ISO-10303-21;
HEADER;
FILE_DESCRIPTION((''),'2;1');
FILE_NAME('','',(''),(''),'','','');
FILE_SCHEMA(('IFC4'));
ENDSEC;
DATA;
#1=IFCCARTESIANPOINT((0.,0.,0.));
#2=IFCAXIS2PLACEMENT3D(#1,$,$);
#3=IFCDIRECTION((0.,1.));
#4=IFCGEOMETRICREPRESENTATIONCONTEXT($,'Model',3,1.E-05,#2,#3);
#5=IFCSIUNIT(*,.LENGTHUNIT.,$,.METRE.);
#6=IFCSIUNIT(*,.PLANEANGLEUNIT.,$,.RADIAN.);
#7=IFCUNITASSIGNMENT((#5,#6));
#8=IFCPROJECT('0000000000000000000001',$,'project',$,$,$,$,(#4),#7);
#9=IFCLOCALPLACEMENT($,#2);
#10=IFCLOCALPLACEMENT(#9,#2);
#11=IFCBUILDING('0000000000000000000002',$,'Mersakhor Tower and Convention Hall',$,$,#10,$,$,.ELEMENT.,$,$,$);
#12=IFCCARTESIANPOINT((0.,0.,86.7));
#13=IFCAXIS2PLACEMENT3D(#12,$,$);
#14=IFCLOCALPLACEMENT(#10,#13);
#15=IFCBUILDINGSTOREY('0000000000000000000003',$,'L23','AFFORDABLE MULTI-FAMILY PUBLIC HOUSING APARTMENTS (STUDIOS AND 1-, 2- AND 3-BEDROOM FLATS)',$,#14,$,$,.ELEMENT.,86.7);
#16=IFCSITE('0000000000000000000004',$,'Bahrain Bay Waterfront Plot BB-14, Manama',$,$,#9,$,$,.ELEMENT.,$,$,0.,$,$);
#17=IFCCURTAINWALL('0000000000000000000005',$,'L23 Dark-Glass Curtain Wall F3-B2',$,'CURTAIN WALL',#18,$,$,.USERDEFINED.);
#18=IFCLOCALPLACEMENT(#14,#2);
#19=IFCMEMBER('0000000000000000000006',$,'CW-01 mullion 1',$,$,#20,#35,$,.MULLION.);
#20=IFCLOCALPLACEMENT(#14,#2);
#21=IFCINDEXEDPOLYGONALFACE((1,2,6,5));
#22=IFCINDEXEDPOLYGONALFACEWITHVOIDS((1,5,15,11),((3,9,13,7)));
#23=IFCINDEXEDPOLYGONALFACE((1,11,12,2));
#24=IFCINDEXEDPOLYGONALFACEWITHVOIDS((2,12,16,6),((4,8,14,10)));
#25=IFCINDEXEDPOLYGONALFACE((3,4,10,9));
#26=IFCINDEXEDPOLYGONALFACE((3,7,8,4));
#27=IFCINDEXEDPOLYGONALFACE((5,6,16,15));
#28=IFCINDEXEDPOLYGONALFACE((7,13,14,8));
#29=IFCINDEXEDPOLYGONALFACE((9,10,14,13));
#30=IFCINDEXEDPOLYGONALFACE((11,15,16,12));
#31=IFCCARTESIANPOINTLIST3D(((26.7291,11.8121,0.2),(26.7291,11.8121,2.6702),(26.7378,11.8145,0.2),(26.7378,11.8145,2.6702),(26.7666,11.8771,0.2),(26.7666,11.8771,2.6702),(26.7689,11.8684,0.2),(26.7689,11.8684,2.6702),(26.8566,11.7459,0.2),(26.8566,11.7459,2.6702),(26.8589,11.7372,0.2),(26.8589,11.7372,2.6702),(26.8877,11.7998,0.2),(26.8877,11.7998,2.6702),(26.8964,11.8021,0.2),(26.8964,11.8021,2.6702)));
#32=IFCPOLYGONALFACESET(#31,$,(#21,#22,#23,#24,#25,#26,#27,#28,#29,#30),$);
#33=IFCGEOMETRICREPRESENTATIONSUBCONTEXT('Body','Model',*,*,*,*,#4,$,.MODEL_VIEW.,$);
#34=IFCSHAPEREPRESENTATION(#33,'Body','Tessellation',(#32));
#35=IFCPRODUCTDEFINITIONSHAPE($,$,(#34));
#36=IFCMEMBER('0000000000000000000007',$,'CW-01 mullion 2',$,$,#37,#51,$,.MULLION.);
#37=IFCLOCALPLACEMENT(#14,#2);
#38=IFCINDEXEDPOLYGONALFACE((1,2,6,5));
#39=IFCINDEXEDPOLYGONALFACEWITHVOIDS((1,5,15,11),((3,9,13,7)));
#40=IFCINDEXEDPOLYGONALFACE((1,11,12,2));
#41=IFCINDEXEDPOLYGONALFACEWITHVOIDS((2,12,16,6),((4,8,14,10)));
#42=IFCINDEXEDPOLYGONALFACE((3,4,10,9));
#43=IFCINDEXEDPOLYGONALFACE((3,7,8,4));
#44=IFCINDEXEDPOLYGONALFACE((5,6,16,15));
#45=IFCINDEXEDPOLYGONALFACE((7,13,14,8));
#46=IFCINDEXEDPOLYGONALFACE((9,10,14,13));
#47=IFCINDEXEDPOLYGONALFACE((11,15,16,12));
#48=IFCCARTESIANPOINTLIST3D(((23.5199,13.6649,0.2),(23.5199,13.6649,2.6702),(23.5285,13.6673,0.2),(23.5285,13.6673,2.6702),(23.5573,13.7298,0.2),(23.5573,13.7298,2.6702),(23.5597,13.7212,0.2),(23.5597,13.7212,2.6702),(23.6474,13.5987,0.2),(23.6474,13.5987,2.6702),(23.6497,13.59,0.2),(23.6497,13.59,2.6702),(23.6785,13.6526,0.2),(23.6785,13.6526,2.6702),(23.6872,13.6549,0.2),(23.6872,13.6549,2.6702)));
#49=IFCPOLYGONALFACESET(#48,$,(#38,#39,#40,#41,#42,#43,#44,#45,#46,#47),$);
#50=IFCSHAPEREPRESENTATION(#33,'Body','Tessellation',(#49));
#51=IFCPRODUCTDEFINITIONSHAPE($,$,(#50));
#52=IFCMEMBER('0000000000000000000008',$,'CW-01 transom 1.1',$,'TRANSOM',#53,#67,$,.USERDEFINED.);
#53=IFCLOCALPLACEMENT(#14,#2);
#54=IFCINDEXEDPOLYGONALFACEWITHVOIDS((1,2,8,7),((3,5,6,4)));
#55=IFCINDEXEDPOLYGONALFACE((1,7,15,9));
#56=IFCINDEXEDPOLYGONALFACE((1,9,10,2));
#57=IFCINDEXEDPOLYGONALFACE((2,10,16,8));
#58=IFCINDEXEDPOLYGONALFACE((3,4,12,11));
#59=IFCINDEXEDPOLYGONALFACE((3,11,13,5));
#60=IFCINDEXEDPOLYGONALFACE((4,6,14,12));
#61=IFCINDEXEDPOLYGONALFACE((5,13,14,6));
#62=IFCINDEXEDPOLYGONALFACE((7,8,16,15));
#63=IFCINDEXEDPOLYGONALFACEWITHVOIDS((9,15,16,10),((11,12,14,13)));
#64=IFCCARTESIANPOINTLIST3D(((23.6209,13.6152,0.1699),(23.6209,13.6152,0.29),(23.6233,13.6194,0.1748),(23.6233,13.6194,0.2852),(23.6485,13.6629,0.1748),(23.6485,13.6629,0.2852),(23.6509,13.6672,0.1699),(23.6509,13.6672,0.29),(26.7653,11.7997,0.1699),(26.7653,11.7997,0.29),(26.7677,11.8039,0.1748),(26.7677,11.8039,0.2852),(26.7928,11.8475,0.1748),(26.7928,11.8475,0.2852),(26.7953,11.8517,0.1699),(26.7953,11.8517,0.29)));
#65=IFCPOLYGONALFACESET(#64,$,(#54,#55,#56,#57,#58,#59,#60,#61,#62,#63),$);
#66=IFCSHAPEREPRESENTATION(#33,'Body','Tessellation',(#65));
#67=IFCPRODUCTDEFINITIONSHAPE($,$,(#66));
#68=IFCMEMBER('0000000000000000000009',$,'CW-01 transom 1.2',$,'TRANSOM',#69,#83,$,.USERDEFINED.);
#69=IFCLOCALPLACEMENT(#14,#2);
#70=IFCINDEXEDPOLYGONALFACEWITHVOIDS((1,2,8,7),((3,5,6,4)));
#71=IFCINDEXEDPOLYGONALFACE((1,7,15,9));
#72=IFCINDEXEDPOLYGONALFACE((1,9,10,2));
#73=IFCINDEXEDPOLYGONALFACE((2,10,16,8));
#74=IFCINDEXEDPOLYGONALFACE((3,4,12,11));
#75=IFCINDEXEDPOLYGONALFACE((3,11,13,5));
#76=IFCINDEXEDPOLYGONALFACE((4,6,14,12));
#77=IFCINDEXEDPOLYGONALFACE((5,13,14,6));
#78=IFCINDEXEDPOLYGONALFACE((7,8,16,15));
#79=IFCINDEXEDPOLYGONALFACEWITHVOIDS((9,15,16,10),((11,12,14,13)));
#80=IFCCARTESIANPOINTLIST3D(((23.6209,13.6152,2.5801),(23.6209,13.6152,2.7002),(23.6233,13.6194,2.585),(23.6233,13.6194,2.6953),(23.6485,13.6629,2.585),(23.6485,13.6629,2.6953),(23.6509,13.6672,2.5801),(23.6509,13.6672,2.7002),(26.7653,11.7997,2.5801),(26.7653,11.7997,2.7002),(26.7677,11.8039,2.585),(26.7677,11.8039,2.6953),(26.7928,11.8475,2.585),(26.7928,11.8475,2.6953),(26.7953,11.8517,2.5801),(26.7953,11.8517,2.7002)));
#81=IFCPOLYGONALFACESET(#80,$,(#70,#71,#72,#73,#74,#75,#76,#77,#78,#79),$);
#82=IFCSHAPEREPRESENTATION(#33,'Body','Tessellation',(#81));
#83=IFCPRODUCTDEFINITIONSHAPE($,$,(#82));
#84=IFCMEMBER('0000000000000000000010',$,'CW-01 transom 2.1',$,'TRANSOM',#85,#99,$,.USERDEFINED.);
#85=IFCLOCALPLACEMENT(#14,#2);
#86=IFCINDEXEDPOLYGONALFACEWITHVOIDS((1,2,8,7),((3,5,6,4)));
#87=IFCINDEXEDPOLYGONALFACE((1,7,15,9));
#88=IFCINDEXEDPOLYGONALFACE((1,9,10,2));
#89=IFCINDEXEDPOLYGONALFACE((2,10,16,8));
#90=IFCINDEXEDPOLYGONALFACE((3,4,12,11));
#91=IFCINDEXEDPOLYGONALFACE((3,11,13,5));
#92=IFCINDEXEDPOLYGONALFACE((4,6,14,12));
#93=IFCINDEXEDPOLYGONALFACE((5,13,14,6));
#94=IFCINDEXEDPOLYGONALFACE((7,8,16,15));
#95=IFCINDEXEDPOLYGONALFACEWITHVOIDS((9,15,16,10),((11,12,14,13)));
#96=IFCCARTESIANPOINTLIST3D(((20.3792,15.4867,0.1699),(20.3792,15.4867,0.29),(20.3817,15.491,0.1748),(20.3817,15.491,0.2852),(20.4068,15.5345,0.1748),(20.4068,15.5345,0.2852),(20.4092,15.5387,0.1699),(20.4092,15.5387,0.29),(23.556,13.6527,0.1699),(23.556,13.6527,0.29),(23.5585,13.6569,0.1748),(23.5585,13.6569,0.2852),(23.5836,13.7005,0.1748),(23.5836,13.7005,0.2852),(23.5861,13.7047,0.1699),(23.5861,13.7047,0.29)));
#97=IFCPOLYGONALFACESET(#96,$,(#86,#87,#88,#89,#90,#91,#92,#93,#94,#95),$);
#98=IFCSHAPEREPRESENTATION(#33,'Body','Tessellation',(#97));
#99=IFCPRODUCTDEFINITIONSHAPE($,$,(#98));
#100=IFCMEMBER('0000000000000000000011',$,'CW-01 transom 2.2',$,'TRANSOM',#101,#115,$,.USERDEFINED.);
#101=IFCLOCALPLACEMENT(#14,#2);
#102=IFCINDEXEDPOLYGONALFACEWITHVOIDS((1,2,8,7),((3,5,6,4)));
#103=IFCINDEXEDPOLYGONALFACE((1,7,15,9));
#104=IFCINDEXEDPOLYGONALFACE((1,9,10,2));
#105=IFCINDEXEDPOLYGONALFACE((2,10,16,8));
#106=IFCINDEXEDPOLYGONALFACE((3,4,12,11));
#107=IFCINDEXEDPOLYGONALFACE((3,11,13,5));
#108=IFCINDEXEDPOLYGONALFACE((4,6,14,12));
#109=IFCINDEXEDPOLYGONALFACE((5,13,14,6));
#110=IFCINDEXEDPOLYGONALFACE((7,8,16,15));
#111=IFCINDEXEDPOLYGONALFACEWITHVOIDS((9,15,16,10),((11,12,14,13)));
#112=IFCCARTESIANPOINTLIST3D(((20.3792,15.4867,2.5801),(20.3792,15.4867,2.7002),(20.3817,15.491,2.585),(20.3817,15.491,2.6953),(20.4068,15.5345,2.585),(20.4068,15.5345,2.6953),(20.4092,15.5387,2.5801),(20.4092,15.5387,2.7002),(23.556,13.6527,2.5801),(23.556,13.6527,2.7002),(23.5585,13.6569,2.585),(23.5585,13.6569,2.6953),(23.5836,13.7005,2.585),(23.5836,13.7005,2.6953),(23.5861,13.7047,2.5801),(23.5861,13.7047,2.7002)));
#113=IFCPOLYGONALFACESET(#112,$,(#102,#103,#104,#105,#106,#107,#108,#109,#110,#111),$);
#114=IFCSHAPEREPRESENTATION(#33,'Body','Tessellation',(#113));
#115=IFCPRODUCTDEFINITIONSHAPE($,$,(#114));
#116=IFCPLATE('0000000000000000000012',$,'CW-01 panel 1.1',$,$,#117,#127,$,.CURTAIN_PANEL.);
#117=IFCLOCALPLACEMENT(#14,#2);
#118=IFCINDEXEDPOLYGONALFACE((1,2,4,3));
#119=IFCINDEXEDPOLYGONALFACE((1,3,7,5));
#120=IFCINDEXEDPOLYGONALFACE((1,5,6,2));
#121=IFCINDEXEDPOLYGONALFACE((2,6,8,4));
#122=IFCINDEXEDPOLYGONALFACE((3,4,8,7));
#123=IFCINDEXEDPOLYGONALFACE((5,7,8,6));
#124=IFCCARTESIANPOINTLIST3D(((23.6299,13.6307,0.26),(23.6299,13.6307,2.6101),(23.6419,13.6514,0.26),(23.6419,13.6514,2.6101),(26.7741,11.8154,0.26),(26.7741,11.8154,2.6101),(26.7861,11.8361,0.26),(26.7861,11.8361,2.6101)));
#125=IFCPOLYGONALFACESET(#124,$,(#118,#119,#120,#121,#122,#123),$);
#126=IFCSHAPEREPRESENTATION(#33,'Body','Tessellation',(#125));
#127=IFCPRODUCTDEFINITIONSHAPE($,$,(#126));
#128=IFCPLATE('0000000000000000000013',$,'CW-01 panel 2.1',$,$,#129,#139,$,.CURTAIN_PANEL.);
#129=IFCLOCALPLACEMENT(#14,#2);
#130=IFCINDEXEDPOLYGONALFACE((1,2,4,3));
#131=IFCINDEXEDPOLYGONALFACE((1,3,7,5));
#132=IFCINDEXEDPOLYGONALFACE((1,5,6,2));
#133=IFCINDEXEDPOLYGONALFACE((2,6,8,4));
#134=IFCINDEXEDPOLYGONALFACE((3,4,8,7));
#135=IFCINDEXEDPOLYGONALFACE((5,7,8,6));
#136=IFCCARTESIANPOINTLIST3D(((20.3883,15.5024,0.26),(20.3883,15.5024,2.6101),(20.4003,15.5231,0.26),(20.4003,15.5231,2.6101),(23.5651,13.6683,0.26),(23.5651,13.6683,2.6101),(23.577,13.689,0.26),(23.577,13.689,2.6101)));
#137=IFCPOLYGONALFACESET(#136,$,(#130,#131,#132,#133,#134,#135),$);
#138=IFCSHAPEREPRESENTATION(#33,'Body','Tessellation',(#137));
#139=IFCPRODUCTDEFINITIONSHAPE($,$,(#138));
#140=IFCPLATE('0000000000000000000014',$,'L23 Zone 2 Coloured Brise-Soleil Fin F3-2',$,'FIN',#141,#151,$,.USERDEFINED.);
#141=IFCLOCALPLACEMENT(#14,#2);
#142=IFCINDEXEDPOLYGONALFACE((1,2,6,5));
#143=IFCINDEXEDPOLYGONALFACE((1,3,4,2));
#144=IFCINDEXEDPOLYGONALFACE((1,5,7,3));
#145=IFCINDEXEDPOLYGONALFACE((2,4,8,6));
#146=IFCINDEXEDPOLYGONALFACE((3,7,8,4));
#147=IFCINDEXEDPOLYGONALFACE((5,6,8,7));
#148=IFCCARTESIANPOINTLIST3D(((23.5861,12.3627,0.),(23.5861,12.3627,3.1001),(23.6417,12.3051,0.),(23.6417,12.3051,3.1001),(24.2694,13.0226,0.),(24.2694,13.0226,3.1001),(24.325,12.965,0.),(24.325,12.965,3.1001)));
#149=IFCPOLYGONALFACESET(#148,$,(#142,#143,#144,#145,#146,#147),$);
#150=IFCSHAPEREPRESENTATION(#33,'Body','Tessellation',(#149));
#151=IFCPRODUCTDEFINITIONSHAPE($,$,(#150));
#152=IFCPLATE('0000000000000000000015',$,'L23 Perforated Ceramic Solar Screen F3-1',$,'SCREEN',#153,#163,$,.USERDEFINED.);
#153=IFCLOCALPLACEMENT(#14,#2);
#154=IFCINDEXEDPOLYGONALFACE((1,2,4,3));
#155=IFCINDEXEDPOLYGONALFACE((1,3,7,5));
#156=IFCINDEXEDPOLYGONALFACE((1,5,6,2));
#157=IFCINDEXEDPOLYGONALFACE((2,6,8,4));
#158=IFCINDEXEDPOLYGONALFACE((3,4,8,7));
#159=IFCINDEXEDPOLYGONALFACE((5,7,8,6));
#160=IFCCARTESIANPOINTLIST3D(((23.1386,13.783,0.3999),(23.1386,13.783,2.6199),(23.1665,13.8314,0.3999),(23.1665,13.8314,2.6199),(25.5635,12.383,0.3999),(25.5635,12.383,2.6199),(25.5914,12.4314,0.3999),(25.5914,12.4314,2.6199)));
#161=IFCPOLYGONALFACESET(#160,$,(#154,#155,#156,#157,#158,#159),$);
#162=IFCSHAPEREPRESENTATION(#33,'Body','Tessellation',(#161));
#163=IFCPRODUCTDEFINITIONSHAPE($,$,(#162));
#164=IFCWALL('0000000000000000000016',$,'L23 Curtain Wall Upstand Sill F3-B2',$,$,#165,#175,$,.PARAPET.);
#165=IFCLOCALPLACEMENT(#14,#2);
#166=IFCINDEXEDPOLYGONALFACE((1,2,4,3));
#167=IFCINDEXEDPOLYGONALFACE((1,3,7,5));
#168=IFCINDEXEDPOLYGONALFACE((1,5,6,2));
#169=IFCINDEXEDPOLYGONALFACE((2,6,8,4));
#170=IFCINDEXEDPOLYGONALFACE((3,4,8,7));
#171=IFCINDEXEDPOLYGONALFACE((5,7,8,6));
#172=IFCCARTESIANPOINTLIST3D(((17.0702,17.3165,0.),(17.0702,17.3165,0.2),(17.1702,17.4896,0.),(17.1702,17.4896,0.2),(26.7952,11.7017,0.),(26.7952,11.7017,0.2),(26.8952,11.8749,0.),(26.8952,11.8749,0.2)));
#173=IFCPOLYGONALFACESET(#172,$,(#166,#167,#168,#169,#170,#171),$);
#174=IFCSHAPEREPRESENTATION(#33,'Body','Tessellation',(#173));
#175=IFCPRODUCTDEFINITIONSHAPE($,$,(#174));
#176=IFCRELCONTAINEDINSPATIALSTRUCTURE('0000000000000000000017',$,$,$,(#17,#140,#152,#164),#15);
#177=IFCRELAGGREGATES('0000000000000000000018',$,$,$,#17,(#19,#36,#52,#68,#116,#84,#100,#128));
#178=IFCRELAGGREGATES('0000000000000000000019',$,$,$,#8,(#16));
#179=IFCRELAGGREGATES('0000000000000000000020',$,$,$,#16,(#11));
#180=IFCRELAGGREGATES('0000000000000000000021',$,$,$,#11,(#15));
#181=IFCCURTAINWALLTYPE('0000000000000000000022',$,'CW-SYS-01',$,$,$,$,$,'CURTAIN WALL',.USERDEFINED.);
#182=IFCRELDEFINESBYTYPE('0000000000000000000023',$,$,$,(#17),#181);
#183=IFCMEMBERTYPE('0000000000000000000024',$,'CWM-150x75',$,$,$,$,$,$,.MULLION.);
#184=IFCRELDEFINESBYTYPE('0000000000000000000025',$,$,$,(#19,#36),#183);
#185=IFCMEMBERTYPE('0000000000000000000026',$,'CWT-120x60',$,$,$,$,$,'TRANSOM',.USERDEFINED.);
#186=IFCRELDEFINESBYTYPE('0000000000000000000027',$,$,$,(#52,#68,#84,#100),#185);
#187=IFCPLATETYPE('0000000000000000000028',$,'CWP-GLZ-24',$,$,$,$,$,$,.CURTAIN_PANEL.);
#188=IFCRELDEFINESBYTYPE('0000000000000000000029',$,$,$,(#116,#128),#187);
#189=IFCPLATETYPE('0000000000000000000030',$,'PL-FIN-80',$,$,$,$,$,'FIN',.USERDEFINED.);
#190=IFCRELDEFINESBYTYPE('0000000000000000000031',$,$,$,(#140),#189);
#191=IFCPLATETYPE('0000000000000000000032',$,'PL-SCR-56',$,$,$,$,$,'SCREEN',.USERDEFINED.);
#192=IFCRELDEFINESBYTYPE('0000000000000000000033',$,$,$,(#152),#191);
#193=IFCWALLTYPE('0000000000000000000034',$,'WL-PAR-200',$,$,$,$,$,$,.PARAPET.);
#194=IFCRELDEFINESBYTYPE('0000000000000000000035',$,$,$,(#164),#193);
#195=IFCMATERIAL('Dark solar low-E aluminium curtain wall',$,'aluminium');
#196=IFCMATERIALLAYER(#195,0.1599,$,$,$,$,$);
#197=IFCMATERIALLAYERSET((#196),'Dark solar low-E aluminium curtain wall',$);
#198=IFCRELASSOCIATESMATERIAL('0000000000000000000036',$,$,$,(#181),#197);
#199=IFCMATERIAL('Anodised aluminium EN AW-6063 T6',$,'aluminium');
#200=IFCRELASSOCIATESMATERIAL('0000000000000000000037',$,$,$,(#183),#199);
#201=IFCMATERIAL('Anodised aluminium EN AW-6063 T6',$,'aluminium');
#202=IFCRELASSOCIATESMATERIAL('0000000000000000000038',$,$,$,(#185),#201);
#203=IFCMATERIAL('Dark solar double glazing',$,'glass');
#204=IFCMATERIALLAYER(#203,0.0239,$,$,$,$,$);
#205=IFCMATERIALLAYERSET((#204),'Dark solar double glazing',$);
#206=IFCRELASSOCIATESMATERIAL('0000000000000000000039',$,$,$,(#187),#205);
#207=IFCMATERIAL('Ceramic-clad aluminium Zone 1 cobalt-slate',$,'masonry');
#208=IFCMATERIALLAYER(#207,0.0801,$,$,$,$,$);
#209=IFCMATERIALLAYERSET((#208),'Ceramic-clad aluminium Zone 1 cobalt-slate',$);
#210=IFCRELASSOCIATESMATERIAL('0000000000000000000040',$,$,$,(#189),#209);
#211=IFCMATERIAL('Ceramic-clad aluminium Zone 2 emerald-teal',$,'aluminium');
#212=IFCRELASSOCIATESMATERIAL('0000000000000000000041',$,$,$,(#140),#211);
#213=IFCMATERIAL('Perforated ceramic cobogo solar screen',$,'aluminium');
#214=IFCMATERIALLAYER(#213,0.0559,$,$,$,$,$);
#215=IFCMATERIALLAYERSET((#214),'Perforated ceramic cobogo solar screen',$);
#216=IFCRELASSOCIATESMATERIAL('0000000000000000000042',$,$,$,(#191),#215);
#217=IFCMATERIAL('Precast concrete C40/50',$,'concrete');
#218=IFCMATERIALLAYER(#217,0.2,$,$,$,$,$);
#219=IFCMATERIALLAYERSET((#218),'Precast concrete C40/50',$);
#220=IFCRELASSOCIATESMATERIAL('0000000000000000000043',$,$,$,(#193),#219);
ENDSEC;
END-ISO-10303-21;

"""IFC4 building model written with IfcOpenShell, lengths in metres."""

from ifc_helpers import new_model, si_unit, direction, frame, frame_2d, origin, origin_2d, place, context, subcontext, project, spatial, rectangle, hollow_rectangle, extrude, material, layer, layer_set, material_profile, profile_set, type_object, element, aggregate, save


model = new_model("IFC4")

# Units and contexts
model_context = context("Model", 3, precision=1e-05, world=origin(), true_north=direction((0.0, 1.0)))
body_context = subcontext(model_context, "Body", "Model", "MODEL_VIEW")
ifc_project = project(units=[si_unit("LENGTHUNIT", "METRE"), si_unit("PLANEANGLEUNIT", "RADIAN")], contexts=[model_context])

# Site, building, storey
site_placement = place(None, origin())
site = spatial("IfcSite", under=ifc_project, at=site_placement, Name="Bahrain Bay Waterfront Plot BB-14, Manama", CompositionType="ELEMENT", RefElevation=0.0)
building_placement = place(site_placement, origin())
building = spatial("IfcBuilding", under=site, at=building_placement, Name="Mersakhor Tower and Convention Hall", CompositionType="ELEMENT")
storey_placement = place(building_placement, frame((0.0, 0.0, 86.7)))
storey = spatial("IfcBuildingStorey", under=building, at=storey_placement, Name="L23", Description="AFFORDABLE MULTI-FAMILY PUBLIC HOUSING APARTMENTS (STUDIOS AND 1-, 2- AND 3-BEDROOM FLATS)", CompositionType="ELEMENT", Elevation=86.7)

# Curtain wall, members, plates
ifc_material_1 = material(Name="Dark solar low-E aluminium curtain wall", Category="aluminium")
ifc_layer_1 = layer(ifc_material_1, 0.1599)
ifc_layer_set_1 = layer_set([ifc_layer_1], Name="Dark solar low-E aluminium curtain wall")
curtain_wall_type = type_object("IfcCurtainWallType", Name="CW-SYS-01", ElementType="CURTAIN WALL", PredefinedType="USERDEFINED", material=ifc_layer_set_1)
curtain_wall_placement = place(storey_placement, origin())
curtain_wall = element("IfcCurtainWall", 1, at=curtain_wall_placement, inside=storey, type_object=curtain_wall_type, Name="L23 Dark-Glass Curtain Wall F3-B2", ObjectType="CURTAIN WALL", PredefinedType="USERDEFINED")
ifc_material_2 = material(Name="Anodised aluminium EN AW-6063 T6", Category="aluminium")
ifc_material_profile_1 = material_profile(ifc_material_2, hollow_rectangle(XDim=0.075, YDim=0.1499, WallThickness=0.0063, at=origin_2d()), Name="RHS 150x75x6.3")
ifc_profile_set_1 = profile_set([ifc_material_profile_1], Name="Anodised aluminium EN AW-6063 T6")
member_type_1 = type_object("IfcMemberType", Name="CWM-150x75", PredefinedType="MULLION", material=ifc_profile_set_1)
member_1_placement = place(storey_placement, frame((26.8127, 11.8071, 0.2), z_axis=(0.0, 0.0, 1.0), x_axis=(-0.499998, -0.866027, 0.0)))
member_1 = element("IfcMember", 2, at=member_1_placement, type_object=member_type_1, Name="CW-01 mullion 1", PredefinedType="MULLION", context=body_context, shape_type="SweptSolid", body=[
    extrude(hollow_rectangle(XDim=0.075, YDim=0.1499, WallThickness=0.0063, at=origin_2d()), origin(), (0.0, 0.0, 1.0), 2.4702),
])
member_2_placement = place(storey_placement, frame((23.6035, 13.6599, 0.2), z_axis=(0.0, 0.0, 1.0), x_axis=(-0.499998, -0.866027, 0.0)))
member_2 = element("IfcMember", 3, at=member_2_placement, type_object=member_type_1, Name="CW-01 mullion 2", PredefinedType="MULLION", context=body_context, shape_type="SweptSolid", body=[
    extrude(hollow_rectangle(XDim=0.075, YDim=0.1499, WallThickness=0.0063, at=origin_2d()), origin(), (0.0, 0.0, 1.0), 2.4702),
])
ifc_material_3 = material(Name="Anodised aluminium EN AW-6063 T6", Category="aluminium")
ifc_material_profile_2 = material_profile(ifc_material_3, hollow_rectangle(XDim=0.0601, YDim=0.1201, WallThickness=0.0049, at=origin_2d()), Name="RHS 120x60x5")
ifc_profile_set_2 = profile_set([ifc_material_profile_2], Name="Anodised aluminium EN AW-6063 T6")
member_type_2 = type_object("IfcMemberType", Name="CWT-120x60", ElementType="TRANSOM", PredefinedType="USERDEFINED", material=ifc_profile_set_2)
member_3_placement = place(storey_placement, frame((26.7803, 11.8257, 0.23), z_axis=(-0.866016, 0.500015, 0.0), x_axis=(-0.500015, -0.866016, 0.0)))
member_3 = element("IfcMember", 4, at=member_3_placement, type_object=member_type_2, Name="CW-01 transom 1.1", ObjectType="TRANSOM", PredefinedType="USERDEFINED", context=body_context, shape_type="SweptSolid", body=[
    extrude(hollow_rectangle(XDim=0.0601, YDim=0.1201, WallThickness=0.0049, at=origin_2d()), origin(), (0.0, 0.0, 1.0), 3.6309),
])
member_4_placement = place(storey_placement, frame((26.7803, 11.8257, 2.6401), z_axis=(-0.866016, 0.500015, 0.0), x_axis=(-0.500015, -0.866016, 0.0)))
member_4 = element("IfcMember", 5, at=member_4_placement, type_object=member_type_2, Name="CW-01 transom 1.2", ObjectType="TRANSOM", PredefinedType="USERDEFINED", context=body_context, shape_type="SweptSolid", body=[
    extrude(hollow_rectangle(XDim=0.0601, YDim=0.1201, WallThickness=0.0049, at=origin_2d()), origin(), (0.0, 0.0, 1.0), 3.6309),
])
member_5_placement = place(storey_placement, frame((23.571, 13.6787, 0.23), z_axis=(-0.866039, 0.499976, 0.0), x_axis=(-0.499976, -0.866039, 0.0)))
member_5 = element("IfcMember", 6, at=member_5_placement, type_object=member_type_2, Name="CW-01 transom 2.1", ObjectType="TRANSOM", PredefinedType="USERDEFINED", context=body_context, shape_type="SweptSolid", body=[
    extrude(hollow_rectangle(XDim=0.0601, YDim=0.1201, WallThickness=0.0049, at=origin_2d()), origin(), (0.0, 0.0, 1.0), 3.6682),
])
member_6_placement = place(storey_placement, frame((23.571, 13.6787, 2.6401), z_axis=(-0.866039, 0.499976, 0.0), x_axis=(-0.499976, -0.866039, 0.0)))
member_6 = element("IfcMember", 7, at=member_6_placement, type_object=member_type_2, Name="CW-01 transom 2.2", ObjectType="TRANSOM", PredefinedType="USERDEFINED", context=body_context, shape_type="SweptSolid", body=[
    extrude(hollow_rectangle(XDim=0.0601, YDim=0.1201, WallThickness=0.0049, at=origin_2d()), origin(), (0.0, 0.0, 1.0), 3.6682),
])
ifc_material_4 = material(Name="Dark solar double glazing", Category="glass")
ifc_layer_2 = layer(ifc_material_4, 0.0239)
ifc_layer_set_2 = layer_set([ifc_layer_2], Name="Dark solar double glazing")
plate_type_1 = type_object("IfcPlateType", Name="CWP-GLZ-24", PredefinedType="CURTAIN_PANEL", material=ifc_layer_set_2)
plate_1_placement = place(storey_placement, frame((25.208, 12.7334, 0.26), z_axis=(0.0, 0.0, 1.0), x_axis=(-0.866027, 0.499998, 0.0)))
plate_1 = element("IfcPlate", 8, at=plate_1_placement, type_object=plate_type_1, Name="CW-01 panel 1.1", PredefinedType="CURTAIN_PANEL", context=body_context, shape_type="SweptSolid", body=[
    extrude(rectangle(XDim=3.6306, YDim=0.0239, at=origin_2d()), origin(), (0.0, 0.0, 1.0), 2.3501),
])
plate_2_placement = place(storey_placement, frame((21.9827, 14.5957, 0.26), z_axis=(0.0, 0.0, 1.0), x_axis=(-0.866027, 0.499998, 0.0)))
plate_2 = element("IfcPlate", 9, at=plate_2_placement, type_object=plate_type_1, Name="CW-01 panel 2.1", PredefinedType="CURTAIN_PANEL", context=body_context, shape_type="SweptSolid", body=[
    extrude(rectangle(XDim=3.6682, YDim=0.0239, at=origin_2d()), origin(), (0.0, 0.0, 1.0), 2.3501),
])
aggregate(curtain_wall, [member_1, member_2, member_3, member_4, plate_1, member_5, member_6, plate_2])

# Plates
ifc_material_5 = material(Name="Ceramic-clad aluminium Zone 2 emerald-teal", Category="aluminium")
ifc_material_6 = material(Name="Ceramic-clad aluminium Zone 1 cobalt-slate", Category="masonry")
ifc_layer_3 = layer(ifc_material_6, 0.0801)
ifc_layer_set_3 = layer_set([ifc_layer_3], Name="Ceramic-clad aluminium Zone 1 cobalt-slate")
plate_type_2 = type_object("IfcPlateType", Name="PL-FIN-80", ElementType="FIN", PredefinedType="USERDEFINED", material=ifc_layer_set_3)
plate_3_placement = place(storey_placement, frame((23.9556, 12.6638, 0.0), z_axis=(0.0, 0.0, 1.0), x_axis=(-0.71934, -0.694658, 0.0)))
element("IfcPlate", 10, at=plate_3_placement, inside=storey, type_object=plate_type_2, material=ifc_material_5, Name="L23 Zone 2 Coloured Brise-Soleil Fin F3-2", ObjectType="FIN", PredefinedType="USERDEFINED", context=body_context, shape_type="SweptSolid", body=[
    extrude(rectangle(XDim=0.95, YDim=0.0801, at=origin_2d()), origin(), (0.0, 0.0, 1.0), 3.1001),
])
ifc_material_7 = material(Name="Perforated ceramic cobogo solar screen", Category="aluminium")
ifc_layer_4 = layer(ifc_material_7, 0.0559)
ifc_layer_set_4 = layer_set([ifc_layer_4], Name="Perforated ceramic cobogo solar screen")
plate_type_3 = type_object("IfcPlateType", Name="PL-SCR-56", ElementType="SCREEN", PredefinedType="USERDEFINED", material=ifc_layer_set_4)
plate_4_placement = place(storey_placement, frame((24.365, 13.1072, 0.3999), z_axis=(0.0, 0.0, 1.0), x_axis=(-0.866025, 0.5, 0.0)))
element("IfcPlate", 11, at=plate_4_placement, inside=storey, type_object=plate_type_3, Name="L23 Perforated Ceramic Solar Screen F3-1", ObjectType="SCREEN", PredefinedType="USERDEFINED", context=body_context, shape_type="SweptSolid", body=[
    extrude(rectangle(XDim=2.8, YDim=0.0559, at=origin_2d()), origin(), (0.0, 0.0, 1.0), 2.22),
])

# Wall
ifc_material_8 = material(Name="Precast concrete C40/50", Category="concrete")
ifc_layer_5 = layer(ifc_material_8, 0.2)
ifc_layer_set_5 = layer_set([ifc_layer_5], Name="Precast concrete C40/50")
wall_type_1 = type_object("IfcWallType", Name="WL-PAR-200", PredefinedType="PARAPET", material=ifc_layer_set_5)
wall_1_placement = place(storey_placement, frame((26.8452, 11.7883, 0.0), z_axis=(0.0, 0.0, 1.0), x_axis=(-0.866027, 0.499997, 0.0)))
element("IfcWall", 12, at=wall_1_placement, inside=storey, type_object=wall_type_1, Name="L23 Curtain Wall Upstand Sill F3-B2", PredefinedType="PARAPET", context=body_context, shape_type="SweptSolid", body=[
    extrude(rectangle(XDim=11.2295, YDim=0.2, at=frame_2d((5.6147, 0.0))), origin(), (0.0, 0.0, 1.0), 0.2),
])

save(model, "model.ifc")
